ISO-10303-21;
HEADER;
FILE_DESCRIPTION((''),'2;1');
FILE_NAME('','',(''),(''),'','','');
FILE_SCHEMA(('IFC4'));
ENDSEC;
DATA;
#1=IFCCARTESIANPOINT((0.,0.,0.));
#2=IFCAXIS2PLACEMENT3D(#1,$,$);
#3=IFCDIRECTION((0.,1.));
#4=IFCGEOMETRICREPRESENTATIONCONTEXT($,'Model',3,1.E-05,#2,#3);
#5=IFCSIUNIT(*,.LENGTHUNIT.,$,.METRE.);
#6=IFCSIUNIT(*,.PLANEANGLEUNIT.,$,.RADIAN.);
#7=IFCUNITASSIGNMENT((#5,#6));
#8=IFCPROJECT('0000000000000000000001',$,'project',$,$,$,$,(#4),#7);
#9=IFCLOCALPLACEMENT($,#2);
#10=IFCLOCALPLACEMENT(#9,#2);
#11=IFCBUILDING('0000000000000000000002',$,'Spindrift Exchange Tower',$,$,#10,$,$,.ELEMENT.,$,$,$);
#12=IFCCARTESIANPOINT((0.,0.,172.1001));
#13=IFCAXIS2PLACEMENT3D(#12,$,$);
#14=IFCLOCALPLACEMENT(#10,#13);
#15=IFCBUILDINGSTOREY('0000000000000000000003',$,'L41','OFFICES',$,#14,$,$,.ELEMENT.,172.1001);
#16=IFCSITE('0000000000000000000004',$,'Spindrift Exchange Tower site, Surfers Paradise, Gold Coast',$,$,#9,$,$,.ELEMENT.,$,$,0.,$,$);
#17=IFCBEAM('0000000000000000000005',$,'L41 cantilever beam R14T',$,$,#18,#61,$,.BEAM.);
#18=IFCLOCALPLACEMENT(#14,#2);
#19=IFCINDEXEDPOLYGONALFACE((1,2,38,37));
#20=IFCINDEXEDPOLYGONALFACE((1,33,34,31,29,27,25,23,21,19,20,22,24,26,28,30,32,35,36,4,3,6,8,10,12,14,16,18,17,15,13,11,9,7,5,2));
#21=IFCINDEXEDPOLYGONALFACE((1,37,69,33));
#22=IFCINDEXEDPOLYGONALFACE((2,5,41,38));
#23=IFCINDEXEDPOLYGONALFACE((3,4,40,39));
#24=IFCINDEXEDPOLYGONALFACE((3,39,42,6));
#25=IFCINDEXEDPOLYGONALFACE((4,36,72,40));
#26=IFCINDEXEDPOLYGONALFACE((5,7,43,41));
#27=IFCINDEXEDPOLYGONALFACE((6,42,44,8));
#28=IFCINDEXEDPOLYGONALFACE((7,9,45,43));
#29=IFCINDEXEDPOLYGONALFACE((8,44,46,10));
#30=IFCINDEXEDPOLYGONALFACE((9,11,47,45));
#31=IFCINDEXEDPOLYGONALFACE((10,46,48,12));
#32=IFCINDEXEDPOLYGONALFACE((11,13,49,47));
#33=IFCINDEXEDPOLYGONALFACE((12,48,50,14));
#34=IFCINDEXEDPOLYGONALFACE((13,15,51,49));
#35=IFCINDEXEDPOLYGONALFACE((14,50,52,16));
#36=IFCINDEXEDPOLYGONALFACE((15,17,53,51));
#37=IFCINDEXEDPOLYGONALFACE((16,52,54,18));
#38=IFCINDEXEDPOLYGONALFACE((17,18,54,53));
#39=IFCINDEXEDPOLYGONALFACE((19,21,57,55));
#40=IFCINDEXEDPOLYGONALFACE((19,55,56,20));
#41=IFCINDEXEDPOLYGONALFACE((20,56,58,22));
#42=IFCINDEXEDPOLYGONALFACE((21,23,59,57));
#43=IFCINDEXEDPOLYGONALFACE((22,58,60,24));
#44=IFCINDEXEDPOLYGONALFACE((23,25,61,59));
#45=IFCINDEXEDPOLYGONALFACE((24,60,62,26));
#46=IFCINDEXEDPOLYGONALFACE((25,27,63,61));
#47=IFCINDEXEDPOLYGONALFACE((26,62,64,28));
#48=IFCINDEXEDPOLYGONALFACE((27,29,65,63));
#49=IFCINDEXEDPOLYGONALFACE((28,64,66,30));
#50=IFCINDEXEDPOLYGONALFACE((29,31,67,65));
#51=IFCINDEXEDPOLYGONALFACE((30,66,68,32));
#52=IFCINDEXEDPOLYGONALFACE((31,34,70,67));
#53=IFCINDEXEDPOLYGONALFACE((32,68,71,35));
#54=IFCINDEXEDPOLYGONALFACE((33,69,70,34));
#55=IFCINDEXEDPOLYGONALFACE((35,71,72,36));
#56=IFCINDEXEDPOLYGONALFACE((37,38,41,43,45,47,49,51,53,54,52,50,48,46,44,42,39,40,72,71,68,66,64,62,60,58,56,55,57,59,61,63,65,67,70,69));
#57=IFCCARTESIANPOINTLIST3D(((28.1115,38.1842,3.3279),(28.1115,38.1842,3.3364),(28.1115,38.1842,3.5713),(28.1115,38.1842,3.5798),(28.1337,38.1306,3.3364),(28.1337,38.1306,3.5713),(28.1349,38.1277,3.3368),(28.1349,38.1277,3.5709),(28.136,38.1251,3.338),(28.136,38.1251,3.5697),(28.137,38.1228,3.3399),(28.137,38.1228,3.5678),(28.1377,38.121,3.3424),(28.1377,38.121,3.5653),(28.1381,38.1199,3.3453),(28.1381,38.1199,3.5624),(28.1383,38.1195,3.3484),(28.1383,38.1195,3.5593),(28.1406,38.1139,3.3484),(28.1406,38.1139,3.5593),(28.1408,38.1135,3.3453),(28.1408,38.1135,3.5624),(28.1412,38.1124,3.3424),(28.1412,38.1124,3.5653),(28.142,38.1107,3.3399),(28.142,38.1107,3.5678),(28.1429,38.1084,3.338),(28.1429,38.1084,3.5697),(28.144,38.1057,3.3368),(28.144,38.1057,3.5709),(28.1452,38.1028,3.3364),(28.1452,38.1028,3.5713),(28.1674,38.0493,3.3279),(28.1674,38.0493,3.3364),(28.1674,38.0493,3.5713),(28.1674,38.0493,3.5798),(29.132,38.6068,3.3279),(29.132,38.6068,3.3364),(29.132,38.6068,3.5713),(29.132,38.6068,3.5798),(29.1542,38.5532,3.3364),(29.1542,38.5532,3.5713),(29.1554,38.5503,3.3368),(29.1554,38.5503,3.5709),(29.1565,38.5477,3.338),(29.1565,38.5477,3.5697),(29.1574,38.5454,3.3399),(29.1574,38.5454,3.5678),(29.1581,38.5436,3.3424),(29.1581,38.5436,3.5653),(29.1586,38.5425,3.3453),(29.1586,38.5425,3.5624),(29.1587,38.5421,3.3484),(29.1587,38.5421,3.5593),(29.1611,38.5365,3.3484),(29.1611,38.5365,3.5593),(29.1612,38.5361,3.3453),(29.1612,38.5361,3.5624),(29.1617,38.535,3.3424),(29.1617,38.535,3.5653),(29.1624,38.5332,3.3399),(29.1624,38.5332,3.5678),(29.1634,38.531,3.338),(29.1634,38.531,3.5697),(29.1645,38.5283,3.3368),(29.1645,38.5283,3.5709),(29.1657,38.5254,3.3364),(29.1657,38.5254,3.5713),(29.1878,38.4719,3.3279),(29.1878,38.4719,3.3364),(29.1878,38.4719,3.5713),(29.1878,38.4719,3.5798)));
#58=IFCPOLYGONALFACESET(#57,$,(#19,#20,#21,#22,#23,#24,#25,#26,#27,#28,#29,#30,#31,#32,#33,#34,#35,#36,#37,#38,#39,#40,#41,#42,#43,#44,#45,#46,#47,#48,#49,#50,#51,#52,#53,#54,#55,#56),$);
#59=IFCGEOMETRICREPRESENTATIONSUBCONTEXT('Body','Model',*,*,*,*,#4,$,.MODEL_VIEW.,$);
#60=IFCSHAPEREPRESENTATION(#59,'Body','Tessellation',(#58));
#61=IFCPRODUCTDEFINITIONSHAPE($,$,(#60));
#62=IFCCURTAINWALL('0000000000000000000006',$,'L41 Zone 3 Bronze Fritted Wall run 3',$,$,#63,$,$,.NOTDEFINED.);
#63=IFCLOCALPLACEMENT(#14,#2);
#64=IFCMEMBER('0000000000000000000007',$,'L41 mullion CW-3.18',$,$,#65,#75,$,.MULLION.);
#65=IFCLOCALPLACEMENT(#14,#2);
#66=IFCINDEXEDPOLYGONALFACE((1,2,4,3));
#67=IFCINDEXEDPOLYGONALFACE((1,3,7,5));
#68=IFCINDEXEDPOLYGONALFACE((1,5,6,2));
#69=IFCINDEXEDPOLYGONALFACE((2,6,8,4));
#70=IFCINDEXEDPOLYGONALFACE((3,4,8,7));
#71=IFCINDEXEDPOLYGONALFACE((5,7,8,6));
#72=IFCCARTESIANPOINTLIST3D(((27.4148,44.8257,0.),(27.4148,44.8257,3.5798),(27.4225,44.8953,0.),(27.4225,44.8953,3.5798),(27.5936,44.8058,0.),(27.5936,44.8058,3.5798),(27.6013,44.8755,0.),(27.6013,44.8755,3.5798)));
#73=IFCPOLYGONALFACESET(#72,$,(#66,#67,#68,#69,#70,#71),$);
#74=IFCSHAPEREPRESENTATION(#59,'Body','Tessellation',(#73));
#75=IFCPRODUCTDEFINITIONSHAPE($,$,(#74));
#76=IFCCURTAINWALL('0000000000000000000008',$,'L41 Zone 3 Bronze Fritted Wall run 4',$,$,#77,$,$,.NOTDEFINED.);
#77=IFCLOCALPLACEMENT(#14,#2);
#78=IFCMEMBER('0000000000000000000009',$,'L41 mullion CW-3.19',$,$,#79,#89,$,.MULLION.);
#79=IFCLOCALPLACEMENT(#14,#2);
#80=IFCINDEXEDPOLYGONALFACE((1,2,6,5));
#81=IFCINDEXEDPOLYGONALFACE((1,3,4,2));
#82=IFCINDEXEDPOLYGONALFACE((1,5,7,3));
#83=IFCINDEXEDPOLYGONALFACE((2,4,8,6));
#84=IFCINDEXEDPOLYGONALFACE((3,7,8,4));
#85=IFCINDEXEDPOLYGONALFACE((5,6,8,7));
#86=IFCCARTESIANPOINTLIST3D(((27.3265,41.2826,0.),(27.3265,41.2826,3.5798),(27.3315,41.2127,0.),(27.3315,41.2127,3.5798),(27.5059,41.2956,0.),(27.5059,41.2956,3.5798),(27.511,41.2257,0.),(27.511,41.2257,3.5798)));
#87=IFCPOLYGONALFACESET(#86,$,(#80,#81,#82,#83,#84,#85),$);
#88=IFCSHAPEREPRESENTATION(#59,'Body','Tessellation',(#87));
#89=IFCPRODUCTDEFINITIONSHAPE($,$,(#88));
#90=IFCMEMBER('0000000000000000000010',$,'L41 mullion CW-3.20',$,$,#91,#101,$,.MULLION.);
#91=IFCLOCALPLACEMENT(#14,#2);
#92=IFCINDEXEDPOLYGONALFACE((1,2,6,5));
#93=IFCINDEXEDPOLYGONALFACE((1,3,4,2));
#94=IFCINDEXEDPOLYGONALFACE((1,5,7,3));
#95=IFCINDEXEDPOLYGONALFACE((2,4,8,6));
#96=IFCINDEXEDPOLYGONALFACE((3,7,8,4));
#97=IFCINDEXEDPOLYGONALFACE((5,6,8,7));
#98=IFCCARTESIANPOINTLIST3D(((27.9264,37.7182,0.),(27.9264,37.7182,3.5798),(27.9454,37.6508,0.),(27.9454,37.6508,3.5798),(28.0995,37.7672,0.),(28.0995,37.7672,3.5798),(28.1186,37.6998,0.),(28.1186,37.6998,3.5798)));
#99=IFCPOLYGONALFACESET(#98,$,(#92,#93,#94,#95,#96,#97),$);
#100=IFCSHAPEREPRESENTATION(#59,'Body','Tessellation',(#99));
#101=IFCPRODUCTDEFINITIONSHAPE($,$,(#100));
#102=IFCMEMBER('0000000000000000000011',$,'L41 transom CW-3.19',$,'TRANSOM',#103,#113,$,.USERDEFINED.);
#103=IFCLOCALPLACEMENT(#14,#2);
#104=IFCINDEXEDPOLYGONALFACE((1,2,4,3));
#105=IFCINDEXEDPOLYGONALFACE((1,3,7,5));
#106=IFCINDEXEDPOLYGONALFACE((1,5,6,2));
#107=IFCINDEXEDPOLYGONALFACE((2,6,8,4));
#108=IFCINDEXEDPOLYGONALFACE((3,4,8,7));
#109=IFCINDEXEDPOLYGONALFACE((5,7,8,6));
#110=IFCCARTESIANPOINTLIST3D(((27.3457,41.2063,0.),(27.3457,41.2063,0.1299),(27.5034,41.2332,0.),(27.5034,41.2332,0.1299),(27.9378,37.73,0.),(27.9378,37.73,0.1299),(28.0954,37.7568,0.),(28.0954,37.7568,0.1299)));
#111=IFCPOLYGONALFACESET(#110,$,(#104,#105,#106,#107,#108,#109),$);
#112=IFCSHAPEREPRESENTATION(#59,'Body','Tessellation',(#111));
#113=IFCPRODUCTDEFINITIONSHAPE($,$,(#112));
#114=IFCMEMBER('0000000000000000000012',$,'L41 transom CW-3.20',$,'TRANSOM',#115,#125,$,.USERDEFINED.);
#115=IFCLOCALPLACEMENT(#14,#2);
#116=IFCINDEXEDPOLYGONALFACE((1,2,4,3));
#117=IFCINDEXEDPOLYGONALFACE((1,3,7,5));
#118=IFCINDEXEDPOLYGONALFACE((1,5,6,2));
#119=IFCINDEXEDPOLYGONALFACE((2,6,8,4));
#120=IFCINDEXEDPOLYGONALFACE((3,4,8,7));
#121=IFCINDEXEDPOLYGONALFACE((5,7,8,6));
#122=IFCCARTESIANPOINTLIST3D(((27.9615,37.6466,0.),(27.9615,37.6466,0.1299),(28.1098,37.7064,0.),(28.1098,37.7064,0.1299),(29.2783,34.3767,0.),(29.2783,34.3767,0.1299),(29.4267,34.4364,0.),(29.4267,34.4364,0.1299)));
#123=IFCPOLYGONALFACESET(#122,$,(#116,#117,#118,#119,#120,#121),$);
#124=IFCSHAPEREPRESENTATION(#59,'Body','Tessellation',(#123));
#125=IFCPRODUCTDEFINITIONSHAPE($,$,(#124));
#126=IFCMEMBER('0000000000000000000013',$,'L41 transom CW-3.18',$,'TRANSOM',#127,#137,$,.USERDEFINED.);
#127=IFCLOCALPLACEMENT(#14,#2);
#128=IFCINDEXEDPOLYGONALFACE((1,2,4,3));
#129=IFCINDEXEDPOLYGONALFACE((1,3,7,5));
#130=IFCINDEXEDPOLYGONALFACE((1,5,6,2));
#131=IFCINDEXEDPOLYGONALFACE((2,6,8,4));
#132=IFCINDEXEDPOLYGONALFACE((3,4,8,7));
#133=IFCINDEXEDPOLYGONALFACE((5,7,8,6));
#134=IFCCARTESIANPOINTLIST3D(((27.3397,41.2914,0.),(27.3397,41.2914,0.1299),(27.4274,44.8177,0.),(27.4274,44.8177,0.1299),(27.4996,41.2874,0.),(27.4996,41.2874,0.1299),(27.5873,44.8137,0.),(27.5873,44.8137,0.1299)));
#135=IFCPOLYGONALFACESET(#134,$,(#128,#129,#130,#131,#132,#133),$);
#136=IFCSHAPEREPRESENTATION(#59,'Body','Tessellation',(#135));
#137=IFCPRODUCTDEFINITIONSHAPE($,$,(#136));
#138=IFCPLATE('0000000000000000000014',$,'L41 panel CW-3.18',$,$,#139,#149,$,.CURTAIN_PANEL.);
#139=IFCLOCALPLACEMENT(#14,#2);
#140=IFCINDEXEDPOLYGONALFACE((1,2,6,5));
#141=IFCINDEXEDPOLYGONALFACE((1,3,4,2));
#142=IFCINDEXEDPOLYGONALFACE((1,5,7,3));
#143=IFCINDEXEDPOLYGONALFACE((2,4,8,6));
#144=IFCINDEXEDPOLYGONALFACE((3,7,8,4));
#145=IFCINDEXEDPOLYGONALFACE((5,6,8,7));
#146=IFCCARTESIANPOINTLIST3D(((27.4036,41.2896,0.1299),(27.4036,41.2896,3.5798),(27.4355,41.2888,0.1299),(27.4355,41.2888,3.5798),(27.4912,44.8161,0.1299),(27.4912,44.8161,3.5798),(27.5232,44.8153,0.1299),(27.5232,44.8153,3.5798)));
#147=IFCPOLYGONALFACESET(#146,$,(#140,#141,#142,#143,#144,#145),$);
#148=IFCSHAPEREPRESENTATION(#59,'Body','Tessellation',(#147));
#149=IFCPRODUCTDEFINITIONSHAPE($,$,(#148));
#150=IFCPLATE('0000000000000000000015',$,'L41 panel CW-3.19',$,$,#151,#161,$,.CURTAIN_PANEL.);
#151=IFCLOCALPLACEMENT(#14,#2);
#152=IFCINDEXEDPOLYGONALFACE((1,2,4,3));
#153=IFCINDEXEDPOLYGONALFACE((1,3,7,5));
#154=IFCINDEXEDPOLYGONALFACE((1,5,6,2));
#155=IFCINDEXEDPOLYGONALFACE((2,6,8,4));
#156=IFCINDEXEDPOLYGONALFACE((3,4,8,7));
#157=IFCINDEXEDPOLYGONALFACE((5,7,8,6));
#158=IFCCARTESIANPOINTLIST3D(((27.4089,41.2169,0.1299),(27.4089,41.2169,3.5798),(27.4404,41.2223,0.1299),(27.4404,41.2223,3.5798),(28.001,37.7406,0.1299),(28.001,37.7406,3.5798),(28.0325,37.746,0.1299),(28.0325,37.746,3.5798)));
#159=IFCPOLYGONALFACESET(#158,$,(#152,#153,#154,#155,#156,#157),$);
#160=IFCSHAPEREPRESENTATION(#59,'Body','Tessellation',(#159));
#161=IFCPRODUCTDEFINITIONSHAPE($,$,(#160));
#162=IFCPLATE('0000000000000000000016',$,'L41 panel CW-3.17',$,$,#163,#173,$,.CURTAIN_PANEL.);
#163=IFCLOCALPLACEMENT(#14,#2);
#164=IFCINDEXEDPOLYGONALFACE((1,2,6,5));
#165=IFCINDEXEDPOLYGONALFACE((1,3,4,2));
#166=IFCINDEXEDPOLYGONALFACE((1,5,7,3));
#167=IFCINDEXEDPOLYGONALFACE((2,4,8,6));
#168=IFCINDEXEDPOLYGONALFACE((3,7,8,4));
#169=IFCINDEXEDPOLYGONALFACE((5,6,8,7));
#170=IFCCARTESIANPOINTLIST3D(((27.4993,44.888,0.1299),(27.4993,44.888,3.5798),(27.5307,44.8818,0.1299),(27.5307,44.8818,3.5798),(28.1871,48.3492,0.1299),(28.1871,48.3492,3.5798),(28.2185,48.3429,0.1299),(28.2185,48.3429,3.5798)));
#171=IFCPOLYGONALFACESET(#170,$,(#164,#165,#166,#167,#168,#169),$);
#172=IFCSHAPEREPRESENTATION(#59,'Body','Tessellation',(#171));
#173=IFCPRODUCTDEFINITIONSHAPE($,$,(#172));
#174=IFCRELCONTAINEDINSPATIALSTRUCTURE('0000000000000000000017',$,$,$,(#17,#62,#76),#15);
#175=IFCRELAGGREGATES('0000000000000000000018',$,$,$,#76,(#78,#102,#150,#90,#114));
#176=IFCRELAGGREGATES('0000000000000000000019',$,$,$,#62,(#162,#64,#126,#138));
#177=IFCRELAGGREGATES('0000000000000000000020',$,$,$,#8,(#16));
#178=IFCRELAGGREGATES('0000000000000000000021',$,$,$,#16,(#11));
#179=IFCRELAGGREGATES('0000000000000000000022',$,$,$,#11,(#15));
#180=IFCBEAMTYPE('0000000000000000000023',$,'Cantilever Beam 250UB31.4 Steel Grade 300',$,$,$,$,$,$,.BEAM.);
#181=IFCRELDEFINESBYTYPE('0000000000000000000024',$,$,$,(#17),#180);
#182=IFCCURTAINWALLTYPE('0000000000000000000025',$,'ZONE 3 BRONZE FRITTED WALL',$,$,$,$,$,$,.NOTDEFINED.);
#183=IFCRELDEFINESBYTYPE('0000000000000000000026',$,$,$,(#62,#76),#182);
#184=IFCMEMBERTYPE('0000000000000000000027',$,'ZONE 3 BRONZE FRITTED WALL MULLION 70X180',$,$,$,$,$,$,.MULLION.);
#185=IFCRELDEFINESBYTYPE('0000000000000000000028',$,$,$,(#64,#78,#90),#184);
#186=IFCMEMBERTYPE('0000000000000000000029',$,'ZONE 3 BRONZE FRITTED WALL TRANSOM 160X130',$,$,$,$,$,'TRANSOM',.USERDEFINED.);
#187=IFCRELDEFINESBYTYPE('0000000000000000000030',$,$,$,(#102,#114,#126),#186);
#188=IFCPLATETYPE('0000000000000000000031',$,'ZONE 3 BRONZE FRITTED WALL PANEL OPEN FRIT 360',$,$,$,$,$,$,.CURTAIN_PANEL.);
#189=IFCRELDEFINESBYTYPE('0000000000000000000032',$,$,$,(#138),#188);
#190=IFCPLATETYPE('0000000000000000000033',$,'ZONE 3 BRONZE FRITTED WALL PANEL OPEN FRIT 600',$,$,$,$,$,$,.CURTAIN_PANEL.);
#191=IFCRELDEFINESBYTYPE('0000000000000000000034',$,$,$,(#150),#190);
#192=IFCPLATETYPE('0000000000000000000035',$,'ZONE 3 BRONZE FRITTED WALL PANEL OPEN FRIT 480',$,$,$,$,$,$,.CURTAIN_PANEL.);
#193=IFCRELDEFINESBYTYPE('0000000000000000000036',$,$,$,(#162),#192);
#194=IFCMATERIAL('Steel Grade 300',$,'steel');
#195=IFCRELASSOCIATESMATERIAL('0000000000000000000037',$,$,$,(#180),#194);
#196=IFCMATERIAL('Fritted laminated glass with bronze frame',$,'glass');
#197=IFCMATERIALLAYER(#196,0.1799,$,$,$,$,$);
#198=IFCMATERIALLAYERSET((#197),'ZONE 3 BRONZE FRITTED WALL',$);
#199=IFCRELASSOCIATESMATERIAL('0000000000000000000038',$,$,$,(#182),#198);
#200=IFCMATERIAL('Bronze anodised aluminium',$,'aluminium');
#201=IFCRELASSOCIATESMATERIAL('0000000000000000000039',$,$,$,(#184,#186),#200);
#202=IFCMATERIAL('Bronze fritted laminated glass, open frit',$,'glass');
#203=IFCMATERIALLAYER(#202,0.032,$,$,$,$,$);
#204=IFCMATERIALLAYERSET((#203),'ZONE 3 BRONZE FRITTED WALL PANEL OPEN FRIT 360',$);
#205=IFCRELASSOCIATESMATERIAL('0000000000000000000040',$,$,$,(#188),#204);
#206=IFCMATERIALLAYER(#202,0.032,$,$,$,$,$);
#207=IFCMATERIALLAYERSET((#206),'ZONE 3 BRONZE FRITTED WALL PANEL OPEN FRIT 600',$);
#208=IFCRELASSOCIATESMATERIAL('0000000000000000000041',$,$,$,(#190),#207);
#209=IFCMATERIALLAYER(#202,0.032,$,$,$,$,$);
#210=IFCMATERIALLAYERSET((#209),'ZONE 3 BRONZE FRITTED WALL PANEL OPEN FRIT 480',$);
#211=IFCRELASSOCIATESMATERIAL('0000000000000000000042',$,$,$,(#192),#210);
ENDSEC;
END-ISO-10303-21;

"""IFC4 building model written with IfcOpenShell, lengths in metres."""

from ifc_helpers import new_model, si_unit, direction, frame, origin, origin_2d, place, context, subcontext, project, spatial, rectangle, i_section, extrude, source, transform, mapped, material, layer, layer_set, material_profile, profile_set, type_object, element, aggregate, save


model = new_model("IFC4")

# Units and contexts
model_context = context("Model", 3, precision=1e-05, world=origin(), true_north=direction((0.0, 1.0)))
body_context = subcontext(model_context, "Body", "Model", "MODEL_VIEW")
ifc_project = project(units=[si_unit("LENGTHUNIT", "METRE"), si_unit("PLANEANGLEUNIT", "RADIAN")], contexts=[model_context])

# Site, building, storey
site_placement = place(None, origin())
site = spatial("IfcSite", under=ifc_project, at=site_placement, Name="Spindrift Exchange Tower site, Surfers Paradise, Gold Coast", CompositionType="ELEMENT", RefElevation=0.0)
building_placement = place(site_placement, origin())
building = spatial("IfcBuilding", under=site, at=building_placement, Name="Spindrift Exchange Tower", CompositionType="ELEMENT")
storey_placement = place(building_placement, frame((0.0, 0.0, 172.1001)))
storey = spatial("IfcBuildingStorey", under=building, at=storey_placement, Name="L41", Description="OFFICES", CompositionType="ELEMENT", Elevation=172.1001)

# Beam
ifc_material_1 = material(Name="Steel Grade 300", Category="steel")
ifc_material_profile_1 = material_profile(ifc_material_1, i_section(OverallWidth=0.146, OverallDepth=0.252, WebThickness=0.0061, FlangeThickness=0.0085, FilletRadius=0.012, at=origin_2d()), Name="250UB31.4")
ifc_profile_set_1 = profile_set([ifc_material_profile_1], Name="Steel Grade 300")
beam_type_1 = type_object("IfcBeamType", Name="Cantilever Beam 250UB31.4 Steel Grade 300", PredefinedType="BEAM", material=ifc_profile_set_1)
shared_shape_1 = source(origin(), body_context, "Body", "SweptSolid", [
    extrude(i_section(OverallWidth=0.146, OverallDepth=0.252, WebThickness=0.0061, FlangeThickness=0.0085, FilletRadius=0.012, at=origin_2d()), origin(), (0.0, 0.0, 1.0), 1.1045),
])
beam_1_placement = place(storey_placement, frame((29.1599, 38.5393, 3.4539), z_axis=(-0.923912, -0.382606, 0.0), x_axis=(0.382606, -0.923912, 0.0)))
element("IfcBeam", 1, at=beam_1_placement, inside=storey, type_object=beam_type_1, Name="L41 cantilever beam R14T", PredefinedType="BEAM", context=body_context, shape_type="MappedRepresentation", body=[
    mapped(shared_shape_1, transform((0.0, 0.0, 0.0), scale=1.0)),
])

# Curtain wall, member
ifc_material_2 = material(Name="Fritted laminated glass with bronze frame", Category="glass")
ifc_layer_1 = layer(ifc_material_2, 0.1799)
ifc_layer_set_1 = layer_set([ifc_layer_1], Name="ZONE 3 BRONZE FRITTED WALL")
curtain_wall_type = type_object("IfcCurtainWallType", Name="ZONE 3 BRONZE FRITTED WALL", PredefinedType="NOTDEFINED", material=ifc_layer_set_1)
curtain_wall_1_placement = place(storey_placement, origin())
curtain_wall_1 = element("IfcCurtainWall", 2, at=curtain_wall_1_placement, inside=storey, type_object=curtain_wall_type, Name="L41 Zone 3 Bronze Fritted Wall run 3", PredefinedType="NOTDEFINED")
ifc_material_3 = material(Name="Bronze anodised aluminium", Category="aluminium")
ifc_material_profile_2 = material_profile(ifc_material_3, rectangle(XDim=0.0701, YDim=0.1799, at=origin_2d()), Name="ZONE 3 BRONZE FRITTED WALL MULLION 70X180")
ifc_profile_set_2 = profile_set([ifc_material_profile_2], Name="Bronze anodised aluminium")
member_type_1 = type_object("IfcMemberType", Name="ZONE 3 BRONZE FRITTED WALL MULLION 70X180", PredefinedType="MULLION", material=ifc_profile_set_2)
shared_shape_2 = source(origin(), body_context, "Body", "SweptSolid", [
    extrude(rectangle(XDim=0.0701, YDim=0.1799, at=origin_2d()), origin(), (0.0, 0.0, 1.0), 3.5798),
])
member_1_placement = place(storey_placement, frame((27.5081, 44.8506, 0.0), z_axis=(0.0, 0.0, 1.0), x_axis=(-0.110281, -0.9939, 0.0)))
member_1 = element("IfcMember", 3, at=member_1_placement, type_object=member_type_1, Name="L41 mullion CW-3.18", PredefinedType="MULLION", context=body_context, shape_type="MappedRepresentation", body=[
    mapped(shared_shape_2, transform((0.0, 0.0, 0.0), scale=1.0)),
])

# Curtain wall, members
curtain_wall_2_placement = place(storey_placement, origin())
curtain_wall_2 = element("IfcCurtainWall", 4, at=curtain_wall_2_placement, inside=storey, type_object=curtain_wall_type, Name="L41 Zone 3 Bronze Fritted Wall run 4", PredefinedType="NOTDEFINED")
member_2_placement = place(storey_placement, frame((27.4187, 41.2542, 0.0), z_axis=(0.0, 0.0, 1.0), x_axis=(0.071857, -0.997415, 0.0)))
member_2 = element("IfcMember", 5, at=member_2_placement, type_object=member_type_1, Name="L41 mullion CW-3.19", PredefinedType="MULLION", context=body_context, shape_type="MappedRepresentation", body=[
    mapped(shared_shape_2, transform((0.0, 0.0, 0.0), scale=1.0)),
])
member_3_placement = place(storey_placement, frame((28.0225, 37.709, 0.0), z_axis=(0.0, 0.0, 1.0), x_axis=(0.272302, -0.962212, 0.0)))
member_3 = element("IfcMember", 6, at=member_3_placement, type_object=member_type_1, Name="L41 mullion CW-3.20", PredefinedType="MULLION", context=body_context, shape_type="MappedRepresentation", body=[
    mapped(shared_shape_2, transform((0.0, 0.0, 0.0), scale=1.0)),
])
ifc_material_profile_3 = material_profile(ifc_material_3, rectangle(XDim=0.1599, YDim=0.1299, at=origin_2d()), Name="ZONE 3 BRONZE FRITTED WALL TRANSOM 160X130")
ifc_profile_set_3 = profile_set([ifc_material_profile_3], Name="Bronze anodised aluminium")
member_type_2 = type_object("IfcMemberType", Name="ZONE 3 BRONZE FRITTED WALL TRANSOM 160X130", ElementType="TRANSOM", PredefinedType="USERDEFINED", material=ifc_profile_set_3)
shared_shape_3 = source(origin(), body_context, "Body", "SweptSolid", [
    extrude(rectangle(XDim=0.1599, YDim=0.1299, at=origin_2d()), origin(), (0.0, 0.0, 1.0), 3.5264),
])
member_4_placement = place(storey_placement, frame((27.4246, 41.2197, 0.0649), z_axis=(0.16789, -0.985806, 0.0), x_axis=(0.985806, 0.16789, 0.0)))
member_4 = element("IfcMember", 7, at=member_4_placement, type_object=member_type_2, Name="L41 transom CW-3.19", ObjectType="TRANSOM", PredefinedType="USERDEFINED", context=body_context, shape_type="MappedRepresentation", body=[
    mapped(shared_shape_3, transform((0.0, 0.0, 0.0), scale=1.0)),
])
shared_shape_4 = source(origin(), body_context, "Body", "SweptSolid", [
    extrude(rectangle(XDim=0.1599, YDim=0.1299, at=origin_2d()), origin(), (0.0, 0.0, 1.0), 3.5251),
])
member_5_placement = place(storey_placement, frame((28.0356, 37.6765, 0.0649), z_axis=(0.373563, -0.927605, 0.0), x_axis=(0.927605, 0.373563, 0.0)))
member_5 = element("IfcMember", 8, at=member_5_placement, type_object=member_type_2, Name="L41 transom CW-3.20", ObjectType="TRANSOM", PredefinedType="USERDEFINED", context=body_context, shape_type="MappedRepresentation", body=[
    mapped(shared_shape_4, transform((0.0, 0.0, 0.0), scale=1.0)),
])

# Member
shared_shape_5 = source(origin(), body_context, "Body", "SweptSolid", [
    extrude(rectangle(XDim=0.1599, YDim=0.1299, at=origin_2d()), origin(), (0.0, 0.0, 1.0), 3.5273),
])
member_6_placement = place(storey_placement, frame((27.5073, 44.8157, 0.0649), z_axis=(-0.024847, -0.999691, 0.0), x_axis=(0.999691, -0.024847, 0.0)))
member_6 = element("IfcMember", 9, at=member_6_placement, type_object=member_type_2, Name="L41 transom CW-3.18", ObjectType="TRANSOM", PredefinedType="USERDEFINED", context=body_context, shape_type="MappedRepresentation", body=[
    mapped(shared_shape_5, transform((0.0, 0.0, 0.0), scale=1.0)),
])

# Plates
ifc_material_4 = material(Name="Bronze fritted laminated glass, open frit", Category="glass")
ifc_layer_2 = layer(ifc_material_4, 0.032)
ifc_layer_set_2 = layer_set([ifc_layer_2], Name="ZONE 3 BRONZE FRITTED WALL PANEL OPEN FRIT 360")
plate_type_1 = type_object("IfcPlateType", Name="ZONE 3 BRONZE FRITTED WALL PANEL OPEN FRIT 360", PredefinedType="CURTAIN_PANEL", material=ifc_layer_set_2)
shared_shape_6 = source(origin(), body_context, "Body", "SweptSolid", [
    extrude(rectangle(XDim=3.5276, YDim=0.032, at=origin_2d()), origin(), (0.0, 0.0, 1.0), 3.45),
])
plate_1_placement = place(storey_placement, frame((27.4634, 43.0525, 0.1299), z_axis=(0.0, 0.0, 1.0), x_axis=(-0.024851, -0.999691, 0.0)))
plate_1 = element("IfcPlate", 10, at=plate_1_placement, type_object=plate_type_1, Name="L41 panel CW-3.18", PredefinedType="CURTAIN_PANEL", context=body_context, shape_type="MappedRepresentation", body=[
    mapped(shared_shape_6, transform((0.0, 0.0, 0.0), scale=1.0)),
])
ifc_layer_3 = layer(ifc_material_4, 0.032)
ifc_layer_set_3 = layer_set([ifc_layer_3], Name="ZONE 3 BRONZE FRITTED WALL PANEL OPEN FRIT 600")
plate_type_2 = type_object("IfcPlateType", Name="ZONE 3 BRONZE FRITTED WALL PANEL OPEN FRIT 600", PredefinedType="CURTAIN_PANEL", material=ifc_layer_set_3)
shared_shape_7 = source(origin(), body_context, "Body", "SweptSolid", [
    extrude(rectangle(XDim=3.5264, YDim=0.032, at=origin_2d()), origin(), (0.0, 0.0, 1.0), 3.45),
])
plate_2_placement = place(storey_placement, frame((27.7207, 39.4814, 0.1299), z_axis=(0.0, 0.0, 1.0), x_axis=(0.167892, -0.985805, 0.0)))
plate_2 = element("IfcPlate", 11, at=plate_2_placement, type_object=plate_type_2, Name="L41 panel CW-3.19", PredefinedType="CURTAIN_PANEL", context=body_context, shape_type="MappedRepresentation", body=[
    mapped(shared_shape_7, transform((0.0, 0.0, 0.0), scale=1.0)),
])
aggregate(curtain_wall_2, [member_2, member_4, plate_2, member_3, member_5])
ifc_layer_4 = layer(ifc_material_4, 0.032)
ifc_layer_set_4 = layer_set([ifc_layer_4], Name="ZONE 3 BRONZE FRITTED WALL PANEL OPEN FRIT 480")
plate_type_3 = type_object("IfcPlateType", Name="ZONE 3 BRONZE FRITTED WALL PANEL OPEN FRIT 480", PredefinedType="CURTAIN_PANEL", material=ifc_layer_set_4)
shared_shape_8 = source(origin(), body_context, "Body", "SweptSolid", [
    extrude(rectangle(XDim=3.5288, YDim=0.032, at=origin_2d()), origin(), (0.0, 0.0, 1.0), 3.45),
])
plate_3_placement = place(storey_placement, frame((27.8589, 46.6155, 0.1299), z_axis=(0.0, 0.0, 1.0), x_axis=(-0.194904, -0.980822, 0.0)))
plate_3 = element("IfcPlate", 12, at=plate_3_placement, type_object=plate_type_3, Name="L41 panel CW-3.17", PredefinedType="CURTAIN_PANEL", context=body_context, shape_type="MappedRepresentation", body=[
    mapped(shared_shape_8, transform((0.0, 0.0, 0.0), scale=1.0)),
])
aggregate(curtain_wall_1, [plate_3, member_1, member_6, plate_1])

save(model, "model.ifc")
